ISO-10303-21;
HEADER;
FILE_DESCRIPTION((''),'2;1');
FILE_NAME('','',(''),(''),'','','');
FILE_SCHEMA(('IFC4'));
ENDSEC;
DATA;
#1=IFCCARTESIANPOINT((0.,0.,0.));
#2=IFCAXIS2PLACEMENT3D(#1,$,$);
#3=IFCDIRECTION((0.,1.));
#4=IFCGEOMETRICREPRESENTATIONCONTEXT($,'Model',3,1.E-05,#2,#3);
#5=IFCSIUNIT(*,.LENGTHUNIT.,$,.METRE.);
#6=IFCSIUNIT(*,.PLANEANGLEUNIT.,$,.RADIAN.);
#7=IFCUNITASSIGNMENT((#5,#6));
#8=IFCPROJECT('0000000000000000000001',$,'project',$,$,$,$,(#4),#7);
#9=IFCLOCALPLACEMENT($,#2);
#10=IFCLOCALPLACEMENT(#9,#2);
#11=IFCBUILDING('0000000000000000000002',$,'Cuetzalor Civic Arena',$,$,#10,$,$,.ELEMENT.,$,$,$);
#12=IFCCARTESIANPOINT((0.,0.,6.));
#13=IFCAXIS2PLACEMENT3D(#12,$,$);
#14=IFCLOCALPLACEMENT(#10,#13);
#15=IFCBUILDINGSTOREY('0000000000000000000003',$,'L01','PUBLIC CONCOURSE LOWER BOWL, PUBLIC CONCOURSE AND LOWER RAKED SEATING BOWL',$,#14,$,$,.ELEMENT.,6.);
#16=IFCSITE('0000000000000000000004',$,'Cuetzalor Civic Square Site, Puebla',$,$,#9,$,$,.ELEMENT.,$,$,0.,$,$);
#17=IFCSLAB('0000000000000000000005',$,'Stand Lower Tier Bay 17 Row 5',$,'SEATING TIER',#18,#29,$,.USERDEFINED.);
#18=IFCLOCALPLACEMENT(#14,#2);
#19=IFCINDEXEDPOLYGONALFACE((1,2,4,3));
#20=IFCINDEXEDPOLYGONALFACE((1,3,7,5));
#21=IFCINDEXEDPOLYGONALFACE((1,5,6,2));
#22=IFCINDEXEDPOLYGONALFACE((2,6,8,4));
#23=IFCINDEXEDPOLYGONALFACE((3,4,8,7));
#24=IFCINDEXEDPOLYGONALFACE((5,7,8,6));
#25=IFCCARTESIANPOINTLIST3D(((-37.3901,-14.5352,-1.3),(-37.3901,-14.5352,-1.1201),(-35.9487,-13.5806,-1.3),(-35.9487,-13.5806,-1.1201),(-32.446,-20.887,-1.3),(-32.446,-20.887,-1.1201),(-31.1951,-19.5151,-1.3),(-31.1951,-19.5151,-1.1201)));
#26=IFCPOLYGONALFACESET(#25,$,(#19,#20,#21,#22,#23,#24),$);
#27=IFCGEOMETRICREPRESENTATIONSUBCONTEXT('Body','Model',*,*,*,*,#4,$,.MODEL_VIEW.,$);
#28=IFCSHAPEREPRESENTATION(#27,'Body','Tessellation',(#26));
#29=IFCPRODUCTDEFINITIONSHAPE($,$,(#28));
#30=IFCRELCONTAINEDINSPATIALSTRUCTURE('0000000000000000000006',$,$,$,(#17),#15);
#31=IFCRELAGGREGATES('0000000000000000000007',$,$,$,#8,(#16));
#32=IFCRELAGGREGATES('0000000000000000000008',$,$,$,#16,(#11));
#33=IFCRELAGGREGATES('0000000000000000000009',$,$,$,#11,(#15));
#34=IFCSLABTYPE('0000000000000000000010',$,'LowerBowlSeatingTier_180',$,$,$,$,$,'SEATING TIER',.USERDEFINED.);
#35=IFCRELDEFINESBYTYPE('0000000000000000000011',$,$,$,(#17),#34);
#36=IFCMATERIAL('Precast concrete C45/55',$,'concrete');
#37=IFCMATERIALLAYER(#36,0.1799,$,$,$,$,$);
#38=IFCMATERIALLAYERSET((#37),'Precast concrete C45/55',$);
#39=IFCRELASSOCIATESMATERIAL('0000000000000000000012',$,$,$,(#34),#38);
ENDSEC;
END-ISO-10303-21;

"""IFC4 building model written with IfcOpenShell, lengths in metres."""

from ifc_helpers import new_model, si_unit, direction, frame, origin, place, context, subcontext, project, spatial, polyline, outline, extrude, material, layer, layer_set, type_object, element, save


model = new_model("IFC4")

# Units and contexts
model_context = context("Model", 3, precision=1e-05, world=origin(), true_north=direction((0.0, 1.0)))
body_context = subcontext(model_context, "Body", "Model", "MODEL_VIEW")
ifc_project = project(units=[si_unit("LENGTHUNIT", "METRE"), si_unit("PLANEANGLEUNIT", "RADIAN")], contexts=[model_context])

# Site, building, storey
site_placement = place(None, origin())
site = spatial("IfcSite", under=ifc_project, at=site_placement, Name="Cuetzalor Civic Square Site, Puebla", CompositionType="ELEMENT", RefElevation=0.0)
building_placement = place(site_placement, origin())
building = spatial("IfcBuilding", under=site, at=building_placement, Name="Cuetzalor Civic Arena", CompositionType="ELEMENT")
storey_placement = place(building_placement, frame((0.0, 0.0, 6.0)))
storey = spatial("IfcBuildingStorey", under=building, at=storey_placement, Name="L01", Description="PUBLIC CONCOURSE LOWER BOWL, PUBLIC CONCOURSE AND LOWER RAKED SEATING BOWL", CompositionType="ELEMENT", Elevation=6.0)

# Slab
ifc_material_1 = material(Name="Precast concrete C45/55", Category="concrete")
ifc_layer_1 = layer(ifc_material_1, 0.1799)
ifc_layer_set_1 = layer_set([ifc_layer_1], Name="Precast concrete C45/55")
slab_type_1 = type_object("IfcSlabType", Name="LowerBowlSeatingTier_180", ElementType="SEATING TIER", PredefinedType="USERDEFINED", material=ifc_layer_set_1)
slab_1_placement = place(storey_placement, frame((0.0, 0.0, -1.3)))
element("IfcSlab", 1, at=slab_1_placement, inside=storey, type_object=slab_type_1, Name="Stand Lower Tier Bay 17 Row 5", ObjectType="SEATING TIER", PredefinedType="USERDEFINED", context=body_context, shape_type="SweptSolid", body=[
    extrude(outline(polyline([(-35.9487, -13.5806), (-31.1951, -19.5151), (-32.446, -20.887), (-37.3901, -14.5352), (-35.9487, -13.5806)])), origin(), (0.0, 0.0, 1.0), 0.1799),
])

save(model, "model.ifc")
